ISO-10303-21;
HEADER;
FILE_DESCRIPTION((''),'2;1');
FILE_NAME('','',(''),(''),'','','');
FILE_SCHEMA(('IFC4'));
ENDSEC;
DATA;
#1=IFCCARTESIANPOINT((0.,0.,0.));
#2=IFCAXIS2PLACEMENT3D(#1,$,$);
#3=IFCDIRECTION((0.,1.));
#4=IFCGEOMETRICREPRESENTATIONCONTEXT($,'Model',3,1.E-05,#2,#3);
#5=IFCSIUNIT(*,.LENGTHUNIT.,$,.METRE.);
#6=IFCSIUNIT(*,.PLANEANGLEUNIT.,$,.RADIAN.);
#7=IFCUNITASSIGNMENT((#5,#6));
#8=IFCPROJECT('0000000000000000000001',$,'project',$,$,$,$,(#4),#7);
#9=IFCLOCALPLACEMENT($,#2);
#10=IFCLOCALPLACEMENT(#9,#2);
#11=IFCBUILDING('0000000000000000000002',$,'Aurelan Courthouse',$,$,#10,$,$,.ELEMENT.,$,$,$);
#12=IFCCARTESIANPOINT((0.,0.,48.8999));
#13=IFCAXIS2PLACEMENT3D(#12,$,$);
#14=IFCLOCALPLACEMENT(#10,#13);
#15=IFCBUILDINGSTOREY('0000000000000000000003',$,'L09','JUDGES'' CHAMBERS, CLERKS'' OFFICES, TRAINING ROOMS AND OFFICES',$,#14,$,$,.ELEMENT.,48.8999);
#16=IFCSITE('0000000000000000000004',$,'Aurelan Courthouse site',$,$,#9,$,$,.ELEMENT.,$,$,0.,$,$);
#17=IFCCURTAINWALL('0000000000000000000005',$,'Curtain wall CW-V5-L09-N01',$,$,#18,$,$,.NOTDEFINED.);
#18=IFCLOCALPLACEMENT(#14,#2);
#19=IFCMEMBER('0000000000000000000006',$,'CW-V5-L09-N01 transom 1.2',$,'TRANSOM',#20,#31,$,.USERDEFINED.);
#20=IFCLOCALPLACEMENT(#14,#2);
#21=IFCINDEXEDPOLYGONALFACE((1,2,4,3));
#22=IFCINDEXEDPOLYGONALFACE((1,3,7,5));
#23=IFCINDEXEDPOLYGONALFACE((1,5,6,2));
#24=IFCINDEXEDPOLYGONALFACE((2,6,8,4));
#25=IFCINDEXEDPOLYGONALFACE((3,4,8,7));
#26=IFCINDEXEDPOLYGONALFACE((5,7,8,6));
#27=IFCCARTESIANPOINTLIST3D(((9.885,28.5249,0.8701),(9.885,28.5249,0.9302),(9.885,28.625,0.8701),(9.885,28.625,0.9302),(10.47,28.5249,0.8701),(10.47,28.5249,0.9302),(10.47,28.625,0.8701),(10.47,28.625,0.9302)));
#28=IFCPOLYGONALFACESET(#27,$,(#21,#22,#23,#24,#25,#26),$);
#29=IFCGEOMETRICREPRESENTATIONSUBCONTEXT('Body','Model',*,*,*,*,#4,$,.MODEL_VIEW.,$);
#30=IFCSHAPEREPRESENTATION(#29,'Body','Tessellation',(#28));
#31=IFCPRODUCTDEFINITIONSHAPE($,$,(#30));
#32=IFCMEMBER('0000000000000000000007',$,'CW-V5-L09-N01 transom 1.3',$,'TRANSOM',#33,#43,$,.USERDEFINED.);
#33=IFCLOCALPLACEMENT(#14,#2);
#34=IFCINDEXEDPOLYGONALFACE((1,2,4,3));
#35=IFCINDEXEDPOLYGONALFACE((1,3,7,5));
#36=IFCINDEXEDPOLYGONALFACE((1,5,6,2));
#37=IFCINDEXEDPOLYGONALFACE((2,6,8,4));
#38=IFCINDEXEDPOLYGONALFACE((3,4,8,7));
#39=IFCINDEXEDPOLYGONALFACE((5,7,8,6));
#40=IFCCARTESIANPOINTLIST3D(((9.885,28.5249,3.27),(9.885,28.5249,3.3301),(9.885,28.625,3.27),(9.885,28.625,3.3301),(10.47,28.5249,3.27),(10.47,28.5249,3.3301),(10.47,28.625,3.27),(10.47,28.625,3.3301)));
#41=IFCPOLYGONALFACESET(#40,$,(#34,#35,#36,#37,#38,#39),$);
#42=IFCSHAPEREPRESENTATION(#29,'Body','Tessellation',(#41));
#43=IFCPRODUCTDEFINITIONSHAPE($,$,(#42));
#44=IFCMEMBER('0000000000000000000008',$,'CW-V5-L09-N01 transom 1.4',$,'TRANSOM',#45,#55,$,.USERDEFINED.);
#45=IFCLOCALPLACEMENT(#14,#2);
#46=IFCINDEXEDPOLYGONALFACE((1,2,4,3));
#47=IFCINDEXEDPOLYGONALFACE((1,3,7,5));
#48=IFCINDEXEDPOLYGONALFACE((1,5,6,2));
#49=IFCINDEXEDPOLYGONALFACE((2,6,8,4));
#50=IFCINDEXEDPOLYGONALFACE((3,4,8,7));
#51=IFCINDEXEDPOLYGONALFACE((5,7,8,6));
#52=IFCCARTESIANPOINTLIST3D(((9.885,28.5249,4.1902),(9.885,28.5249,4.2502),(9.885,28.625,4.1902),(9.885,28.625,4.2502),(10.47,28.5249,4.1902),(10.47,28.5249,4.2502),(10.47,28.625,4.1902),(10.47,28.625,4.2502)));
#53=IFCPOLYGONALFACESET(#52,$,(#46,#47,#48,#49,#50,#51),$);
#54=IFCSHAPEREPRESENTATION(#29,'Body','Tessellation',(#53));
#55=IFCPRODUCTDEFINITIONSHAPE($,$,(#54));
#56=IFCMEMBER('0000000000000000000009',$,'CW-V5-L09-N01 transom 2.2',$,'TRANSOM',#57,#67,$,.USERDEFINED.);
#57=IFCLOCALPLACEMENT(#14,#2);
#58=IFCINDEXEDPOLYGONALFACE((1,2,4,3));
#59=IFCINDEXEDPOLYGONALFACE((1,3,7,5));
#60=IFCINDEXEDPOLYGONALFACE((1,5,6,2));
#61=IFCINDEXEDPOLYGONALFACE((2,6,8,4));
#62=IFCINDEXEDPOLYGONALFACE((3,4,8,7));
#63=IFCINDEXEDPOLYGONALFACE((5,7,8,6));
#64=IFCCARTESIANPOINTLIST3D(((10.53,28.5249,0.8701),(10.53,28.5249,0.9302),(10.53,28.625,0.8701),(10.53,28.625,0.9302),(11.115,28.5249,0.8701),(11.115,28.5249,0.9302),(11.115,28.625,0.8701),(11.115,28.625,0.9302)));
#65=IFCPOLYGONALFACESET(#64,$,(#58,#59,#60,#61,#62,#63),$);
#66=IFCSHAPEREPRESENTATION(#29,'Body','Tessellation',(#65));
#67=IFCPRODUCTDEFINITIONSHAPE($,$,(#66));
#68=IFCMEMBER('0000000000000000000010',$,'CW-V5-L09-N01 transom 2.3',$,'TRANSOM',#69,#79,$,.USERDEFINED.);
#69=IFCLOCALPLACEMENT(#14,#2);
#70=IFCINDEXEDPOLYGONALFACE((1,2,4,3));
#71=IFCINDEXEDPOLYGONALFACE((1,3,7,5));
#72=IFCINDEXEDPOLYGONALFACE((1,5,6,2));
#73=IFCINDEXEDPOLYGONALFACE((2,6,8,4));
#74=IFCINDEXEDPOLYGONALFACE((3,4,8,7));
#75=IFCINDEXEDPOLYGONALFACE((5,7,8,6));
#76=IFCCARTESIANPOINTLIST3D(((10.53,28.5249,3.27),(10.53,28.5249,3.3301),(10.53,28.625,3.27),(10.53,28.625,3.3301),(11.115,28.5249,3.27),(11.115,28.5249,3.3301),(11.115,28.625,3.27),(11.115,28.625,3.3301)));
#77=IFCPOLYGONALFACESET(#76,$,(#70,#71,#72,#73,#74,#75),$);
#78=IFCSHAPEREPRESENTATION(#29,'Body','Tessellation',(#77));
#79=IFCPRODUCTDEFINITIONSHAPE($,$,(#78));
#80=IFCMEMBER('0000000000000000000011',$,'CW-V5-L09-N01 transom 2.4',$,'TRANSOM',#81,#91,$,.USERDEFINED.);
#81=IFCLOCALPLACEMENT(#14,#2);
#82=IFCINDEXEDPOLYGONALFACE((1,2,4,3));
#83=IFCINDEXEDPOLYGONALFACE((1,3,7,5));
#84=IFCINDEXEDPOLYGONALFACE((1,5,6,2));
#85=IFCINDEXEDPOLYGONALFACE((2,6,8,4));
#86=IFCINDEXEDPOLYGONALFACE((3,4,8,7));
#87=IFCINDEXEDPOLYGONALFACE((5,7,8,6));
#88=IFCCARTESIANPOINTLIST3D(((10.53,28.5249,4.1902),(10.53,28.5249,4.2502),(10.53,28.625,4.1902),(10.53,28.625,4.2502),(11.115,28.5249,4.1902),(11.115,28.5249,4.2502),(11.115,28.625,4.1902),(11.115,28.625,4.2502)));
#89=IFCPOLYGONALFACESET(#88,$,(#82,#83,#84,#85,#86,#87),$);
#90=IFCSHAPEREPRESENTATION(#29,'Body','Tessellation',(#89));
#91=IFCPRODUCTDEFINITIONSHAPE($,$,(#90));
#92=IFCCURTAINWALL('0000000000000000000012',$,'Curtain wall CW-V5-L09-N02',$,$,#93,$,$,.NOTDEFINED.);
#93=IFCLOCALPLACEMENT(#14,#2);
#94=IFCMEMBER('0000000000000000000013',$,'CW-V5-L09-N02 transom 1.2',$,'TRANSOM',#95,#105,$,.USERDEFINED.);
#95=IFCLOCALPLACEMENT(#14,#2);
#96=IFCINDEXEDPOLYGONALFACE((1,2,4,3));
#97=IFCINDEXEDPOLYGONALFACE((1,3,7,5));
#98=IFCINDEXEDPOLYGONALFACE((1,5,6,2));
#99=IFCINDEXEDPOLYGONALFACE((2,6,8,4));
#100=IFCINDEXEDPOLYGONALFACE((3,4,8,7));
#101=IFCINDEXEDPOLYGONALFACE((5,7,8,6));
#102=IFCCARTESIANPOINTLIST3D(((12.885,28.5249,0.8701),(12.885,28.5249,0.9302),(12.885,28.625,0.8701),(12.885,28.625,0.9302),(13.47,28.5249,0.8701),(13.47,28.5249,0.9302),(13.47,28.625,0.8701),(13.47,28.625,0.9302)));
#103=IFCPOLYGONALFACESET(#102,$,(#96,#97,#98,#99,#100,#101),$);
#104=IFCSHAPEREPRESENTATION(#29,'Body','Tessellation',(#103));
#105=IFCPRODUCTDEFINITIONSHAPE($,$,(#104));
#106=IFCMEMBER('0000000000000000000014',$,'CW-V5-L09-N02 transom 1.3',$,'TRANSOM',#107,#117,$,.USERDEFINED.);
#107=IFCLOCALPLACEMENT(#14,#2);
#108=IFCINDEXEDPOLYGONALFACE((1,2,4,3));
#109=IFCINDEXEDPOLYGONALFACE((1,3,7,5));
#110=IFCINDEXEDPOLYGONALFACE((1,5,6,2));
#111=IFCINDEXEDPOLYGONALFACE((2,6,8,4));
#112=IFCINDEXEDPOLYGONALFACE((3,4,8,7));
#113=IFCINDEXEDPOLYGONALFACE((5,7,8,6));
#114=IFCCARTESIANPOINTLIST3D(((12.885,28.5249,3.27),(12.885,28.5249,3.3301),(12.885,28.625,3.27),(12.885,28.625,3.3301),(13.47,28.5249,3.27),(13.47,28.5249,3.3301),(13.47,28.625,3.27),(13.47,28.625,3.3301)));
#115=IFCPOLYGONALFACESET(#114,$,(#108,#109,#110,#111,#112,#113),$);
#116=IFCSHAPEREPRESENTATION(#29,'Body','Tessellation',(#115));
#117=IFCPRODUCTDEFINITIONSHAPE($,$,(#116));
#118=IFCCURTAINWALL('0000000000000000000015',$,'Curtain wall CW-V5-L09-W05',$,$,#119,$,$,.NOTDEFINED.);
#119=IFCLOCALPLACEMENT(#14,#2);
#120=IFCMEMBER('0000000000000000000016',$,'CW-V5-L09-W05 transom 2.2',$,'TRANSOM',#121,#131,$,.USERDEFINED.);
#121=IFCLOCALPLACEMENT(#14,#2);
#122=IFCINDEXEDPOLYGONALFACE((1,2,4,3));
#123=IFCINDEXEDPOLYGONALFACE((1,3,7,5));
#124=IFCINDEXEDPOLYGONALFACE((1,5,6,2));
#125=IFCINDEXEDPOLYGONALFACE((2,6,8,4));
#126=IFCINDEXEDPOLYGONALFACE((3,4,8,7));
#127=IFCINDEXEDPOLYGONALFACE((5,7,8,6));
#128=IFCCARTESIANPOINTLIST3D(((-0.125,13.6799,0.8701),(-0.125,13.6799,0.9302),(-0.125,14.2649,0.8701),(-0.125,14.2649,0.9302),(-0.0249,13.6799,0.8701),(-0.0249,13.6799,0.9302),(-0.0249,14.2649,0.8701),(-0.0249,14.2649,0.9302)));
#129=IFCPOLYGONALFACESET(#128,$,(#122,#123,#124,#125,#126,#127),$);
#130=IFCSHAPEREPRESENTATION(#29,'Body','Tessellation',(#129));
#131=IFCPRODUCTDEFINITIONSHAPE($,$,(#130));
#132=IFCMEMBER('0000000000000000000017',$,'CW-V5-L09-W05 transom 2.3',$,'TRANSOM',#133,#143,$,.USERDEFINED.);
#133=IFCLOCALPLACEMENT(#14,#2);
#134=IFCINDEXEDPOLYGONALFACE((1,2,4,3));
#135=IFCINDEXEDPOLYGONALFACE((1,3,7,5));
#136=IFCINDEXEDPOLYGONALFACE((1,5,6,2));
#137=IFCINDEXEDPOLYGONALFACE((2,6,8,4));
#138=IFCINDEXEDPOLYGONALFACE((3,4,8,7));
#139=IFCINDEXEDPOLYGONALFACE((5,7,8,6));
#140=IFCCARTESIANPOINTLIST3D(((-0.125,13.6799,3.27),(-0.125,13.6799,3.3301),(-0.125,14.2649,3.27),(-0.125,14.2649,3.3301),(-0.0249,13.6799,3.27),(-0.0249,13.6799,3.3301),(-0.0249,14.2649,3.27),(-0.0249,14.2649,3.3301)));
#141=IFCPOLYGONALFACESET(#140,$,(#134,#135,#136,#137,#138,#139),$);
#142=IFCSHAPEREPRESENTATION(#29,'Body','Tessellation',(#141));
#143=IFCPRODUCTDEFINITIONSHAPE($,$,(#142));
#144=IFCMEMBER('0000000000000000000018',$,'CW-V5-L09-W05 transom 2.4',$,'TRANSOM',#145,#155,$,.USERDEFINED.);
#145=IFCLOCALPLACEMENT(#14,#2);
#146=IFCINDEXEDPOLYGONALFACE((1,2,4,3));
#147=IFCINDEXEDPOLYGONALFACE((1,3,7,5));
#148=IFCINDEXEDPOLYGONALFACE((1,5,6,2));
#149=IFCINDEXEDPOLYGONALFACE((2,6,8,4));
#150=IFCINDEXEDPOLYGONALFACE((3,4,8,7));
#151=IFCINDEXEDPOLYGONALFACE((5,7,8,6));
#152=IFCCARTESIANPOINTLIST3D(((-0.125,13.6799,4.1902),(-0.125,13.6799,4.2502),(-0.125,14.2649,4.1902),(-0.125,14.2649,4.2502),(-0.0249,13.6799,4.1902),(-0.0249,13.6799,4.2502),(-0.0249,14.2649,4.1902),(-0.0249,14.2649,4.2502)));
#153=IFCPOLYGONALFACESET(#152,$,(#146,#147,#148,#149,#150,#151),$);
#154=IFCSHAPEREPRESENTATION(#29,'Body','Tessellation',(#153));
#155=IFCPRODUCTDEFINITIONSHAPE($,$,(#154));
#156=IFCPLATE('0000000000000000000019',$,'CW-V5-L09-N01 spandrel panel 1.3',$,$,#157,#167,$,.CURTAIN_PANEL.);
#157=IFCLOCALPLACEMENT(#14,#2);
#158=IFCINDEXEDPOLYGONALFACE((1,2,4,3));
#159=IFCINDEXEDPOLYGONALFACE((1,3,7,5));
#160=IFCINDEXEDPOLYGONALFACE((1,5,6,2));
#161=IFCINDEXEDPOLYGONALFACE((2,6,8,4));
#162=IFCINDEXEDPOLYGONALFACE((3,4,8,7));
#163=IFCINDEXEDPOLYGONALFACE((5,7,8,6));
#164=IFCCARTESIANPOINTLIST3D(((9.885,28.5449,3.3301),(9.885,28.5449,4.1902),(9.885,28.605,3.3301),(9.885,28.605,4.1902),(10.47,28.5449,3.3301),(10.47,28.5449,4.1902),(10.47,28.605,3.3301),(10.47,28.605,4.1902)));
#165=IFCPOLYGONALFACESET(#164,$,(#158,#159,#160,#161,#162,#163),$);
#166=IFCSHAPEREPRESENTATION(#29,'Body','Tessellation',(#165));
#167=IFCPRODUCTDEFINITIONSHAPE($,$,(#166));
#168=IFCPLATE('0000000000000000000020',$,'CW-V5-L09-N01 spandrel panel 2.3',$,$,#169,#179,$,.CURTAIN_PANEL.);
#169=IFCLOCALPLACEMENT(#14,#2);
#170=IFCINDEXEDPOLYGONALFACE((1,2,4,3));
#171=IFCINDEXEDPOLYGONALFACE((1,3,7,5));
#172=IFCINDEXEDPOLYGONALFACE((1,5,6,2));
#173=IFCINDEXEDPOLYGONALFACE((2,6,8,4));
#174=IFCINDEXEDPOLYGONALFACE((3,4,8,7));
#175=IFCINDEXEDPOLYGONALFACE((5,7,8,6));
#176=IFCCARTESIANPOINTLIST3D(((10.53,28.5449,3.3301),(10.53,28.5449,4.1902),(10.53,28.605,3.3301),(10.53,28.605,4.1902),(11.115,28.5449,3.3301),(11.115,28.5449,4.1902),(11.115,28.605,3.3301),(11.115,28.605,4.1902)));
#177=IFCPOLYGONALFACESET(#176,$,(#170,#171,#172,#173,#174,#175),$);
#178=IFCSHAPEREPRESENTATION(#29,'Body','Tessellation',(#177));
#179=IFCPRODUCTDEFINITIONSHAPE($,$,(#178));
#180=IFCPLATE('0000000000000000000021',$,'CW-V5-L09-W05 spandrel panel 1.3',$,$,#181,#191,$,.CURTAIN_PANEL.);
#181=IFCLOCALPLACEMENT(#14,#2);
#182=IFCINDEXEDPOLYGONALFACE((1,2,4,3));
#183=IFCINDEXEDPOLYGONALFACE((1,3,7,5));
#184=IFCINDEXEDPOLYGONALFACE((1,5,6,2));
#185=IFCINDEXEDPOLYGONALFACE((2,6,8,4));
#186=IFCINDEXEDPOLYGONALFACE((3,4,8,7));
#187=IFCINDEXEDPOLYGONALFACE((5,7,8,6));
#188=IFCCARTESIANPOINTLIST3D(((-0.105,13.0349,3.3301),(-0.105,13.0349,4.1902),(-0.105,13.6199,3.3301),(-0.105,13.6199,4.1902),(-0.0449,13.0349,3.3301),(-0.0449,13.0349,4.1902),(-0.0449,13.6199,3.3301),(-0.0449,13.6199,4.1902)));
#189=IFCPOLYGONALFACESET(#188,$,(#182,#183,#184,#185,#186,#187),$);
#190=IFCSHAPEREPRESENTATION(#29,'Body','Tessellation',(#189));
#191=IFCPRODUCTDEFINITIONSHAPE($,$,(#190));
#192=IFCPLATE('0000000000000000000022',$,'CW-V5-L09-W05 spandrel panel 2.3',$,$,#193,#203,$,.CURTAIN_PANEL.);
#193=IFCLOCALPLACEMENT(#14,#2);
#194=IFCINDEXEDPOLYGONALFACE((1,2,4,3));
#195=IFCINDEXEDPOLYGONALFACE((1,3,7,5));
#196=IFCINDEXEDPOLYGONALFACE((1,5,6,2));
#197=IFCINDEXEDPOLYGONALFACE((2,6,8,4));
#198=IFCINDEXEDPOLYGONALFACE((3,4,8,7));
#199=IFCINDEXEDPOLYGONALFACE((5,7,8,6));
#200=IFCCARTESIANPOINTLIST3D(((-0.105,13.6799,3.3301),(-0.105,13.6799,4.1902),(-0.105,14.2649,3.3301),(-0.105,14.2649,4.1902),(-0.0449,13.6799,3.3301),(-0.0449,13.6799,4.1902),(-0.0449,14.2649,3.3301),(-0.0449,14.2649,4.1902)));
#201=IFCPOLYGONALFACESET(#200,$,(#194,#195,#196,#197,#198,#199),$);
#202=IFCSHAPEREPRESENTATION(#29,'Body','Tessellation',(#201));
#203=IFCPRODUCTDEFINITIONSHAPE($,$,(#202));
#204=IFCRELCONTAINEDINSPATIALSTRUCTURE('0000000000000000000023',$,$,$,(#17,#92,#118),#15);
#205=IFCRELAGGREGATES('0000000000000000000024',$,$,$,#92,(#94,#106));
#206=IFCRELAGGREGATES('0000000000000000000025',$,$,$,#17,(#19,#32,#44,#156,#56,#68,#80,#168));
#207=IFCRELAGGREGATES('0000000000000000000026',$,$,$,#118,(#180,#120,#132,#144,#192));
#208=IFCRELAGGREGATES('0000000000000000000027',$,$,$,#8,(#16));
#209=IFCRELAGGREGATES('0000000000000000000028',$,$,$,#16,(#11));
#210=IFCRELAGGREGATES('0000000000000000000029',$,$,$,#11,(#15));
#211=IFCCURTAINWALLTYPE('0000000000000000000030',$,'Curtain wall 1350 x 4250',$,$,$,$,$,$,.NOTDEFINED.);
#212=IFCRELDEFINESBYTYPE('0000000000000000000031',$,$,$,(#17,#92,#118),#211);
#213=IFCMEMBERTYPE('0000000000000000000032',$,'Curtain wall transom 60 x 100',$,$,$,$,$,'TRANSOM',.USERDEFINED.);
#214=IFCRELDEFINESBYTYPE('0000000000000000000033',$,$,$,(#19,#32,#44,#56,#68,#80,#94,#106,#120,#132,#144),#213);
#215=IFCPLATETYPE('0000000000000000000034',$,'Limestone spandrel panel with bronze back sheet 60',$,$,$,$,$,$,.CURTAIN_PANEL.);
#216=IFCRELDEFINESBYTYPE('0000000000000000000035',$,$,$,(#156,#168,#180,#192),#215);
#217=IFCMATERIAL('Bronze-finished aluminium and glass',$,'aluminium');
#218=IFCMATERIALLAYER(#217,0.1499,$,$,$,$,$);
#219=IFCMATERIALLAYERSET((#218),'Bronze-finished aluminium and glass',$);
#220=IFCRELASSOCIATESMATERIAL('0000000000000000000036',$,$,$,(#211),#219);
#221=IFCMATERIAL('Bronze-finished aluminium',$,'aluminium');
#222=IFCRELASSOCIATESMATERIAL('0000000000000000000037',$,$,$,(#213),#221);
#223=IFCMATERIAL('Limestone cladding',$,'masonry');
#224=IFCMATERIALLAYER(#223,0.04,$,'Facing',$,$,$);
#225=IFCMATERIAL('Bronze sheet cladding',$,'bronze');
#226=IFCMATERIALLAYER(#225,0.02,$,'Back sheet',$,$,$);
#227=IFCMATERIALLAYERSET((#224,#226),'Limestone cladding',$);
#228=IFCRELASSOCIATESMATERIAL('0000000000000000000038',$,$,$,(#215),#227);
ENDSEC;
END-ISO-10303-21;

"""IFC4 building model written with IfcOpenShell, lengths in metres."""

from ifc_helpers import new_model, si_unit, direction, frame, origin, origin_2d, place, context, subcontext, project, spatial, rectangle, extrude, material, layer, layer_set, material_profile, profile_set, type_object, element, aggregate, save


model = new_model("IFC4")

# Units and contexts
model_context = context("Model", 3, precision=1e-05, world=origin(), true_north=direction((0.0, 1.0)))
body_context = subcontext(model_context, "Body", "Model", "MODEL_VIEW")
ifc_project = project(units=[si_unit("LENGTHUNIT", "METRE"), si_unit("PLANEANGLEUNIT", "RADIAN")], contexts=[model_context])

# Site, building, storey
site_placement = place(None, origin())
site = spatial("IfcSite", under=ifc_project, at=site_placement, Name="Aurelan Courthouse site", CompositionType="ELEMENT", RefElevation=0.0)
building_placement = place(site_placement, origin())
building = spatial("IfcBuilding", under=site, at=building_placement, Name="Aurelan Courthouse", CompositionType="ELEMENT")
storey_placement = place(building_placement, frame((0.0, 0.0, 48.8999)))
storey = spatial("IfcBuildingStorey", under=building, at=storey_placement, Name="L09", Description="JUDGES' CHAMBERS, CLERKS' OFFICES, TRAINING ROOMS AND OFFICES", CompositionType="ELEMENT", Elevation=48.8999)

# Curtain walls, members
ifc_material_1 = material(Name="Bronze-finished aluminium and glass", Category="aluminium")
ifc_layer_1 = layer(ifc_material_1, 0.1499)
ifc_layer_set_1 = layer_set([ifc_layer_1], Name="Bronze-finished aluminium and glass")
curtain_wall_type = type_object("IfcCurtainWallType", Name="Curtain wall 1350 x 4250", PredefinedType="NOTDEFINED", material=ifc_layer_set_1)
curtain_wall_1_placement = place(storey_placement, origin())
curtain_wall_1 = element("IfcCurtainWall", 1, at=curtain_wall_1_placement, inside=storey, type_object=curtain_wall_type, Name="Curtain wall CW-V5-L09-N01", PredefinedType="NOTDEFINED")
ifc_material_2 = material(Name="Bronze-finished aluminium", Category="aluminium")
ifc_material_profile = material_profile(ifc_material_2, rectangle(XDim=0.1001, YDim=0.0601, at=origin_2d()), Name="Bronze transom 60 x 100")
ifc_profile_set = profile_set([ifc_material_profile], Name="Bronze-finished aluminium")
member_type = type_object("IfcMemberType", Name="Curtain wall transom 60 x 100", ElementType="TRANSOM", PredefinedType="USERDEFINED", material=ifc_profile_set)
member_1_placement = place(storey_placement, frame((9.885, 28.575, 0.9001), z_axis=(1.0, 0.0, 0.0), x_axis=(0.0, 1.0, 0.0)))
member_1 = element("IfcMember", 2, at=member_1_placement, type_object=member_type, Name="CW-V5-L09-N01 transom 1.2", ObjectType="TRANSOM", PredefinedType="USERDEFINED", context=body_context, shape_type="SweptSolid", body=[
    extrude(rectangle(XDim=0.1001, YDim=0.0601, at=origin_2d()), origin(), (0.0, 0.0, 1.0), 0.585),
])
member_2_placement = place(storey_placement, frame((9.885, 28.575, 3.3), z_axis=(1.0, 0.0, 0.0), x_axis=(0.0, 1.0, 0.0)))
member_2 = element("IfcMember", 3, at=member_2_placement, type_object=member_type, Name="CW-V5-L09-N01 transom 1.3", ObjectType="TRANSOM", PredefinedType="USERDEFINED", context=body_context, shape_type="SweptSolid", body=[
    extrude(rectangle(XDim=0.1001, YDim=0.0601, at=origin_2d()), origin(), (0.0, 0.0, 1.0), 0.585),
])
member_3_placement = place(storey_placement, frame((9.885, 28.575, 4.2202), z_axis=(1.0, 0.0, 0.0), x_axis=(0.0, 1.0, 0.0)))
member_3 = element("IfcMember", 4, at=member_3_placement, type_object=member_type, Name="CW-V5-L09-N01 transom 1.4", ObjectType="TRANSOM", PredefinedType="USERDEFINED", context=body_context, shape_type="SweptSolid", body=[
    extrude(rectangle(XDim=0.1001, YDim=0.0601, at=origin_2d()), origin(), (0.0, 0.0, 1.0), 0.585),
])
member_4_placement = place(storey_placement, frame((10.53, 28.575, 0.9001), z_axis=(1.0, 0.0, 0.0), x_axis=(0.0, 1.0, 0.0)))
member_4 = element("IfcMember", 5, at=member_4_placement, type_object=member_type, Name="CW-V5-L09-N01 transom 2.2", ObjectType="TRANSOM", PredefinedType="USERDEFINED", context=body_context, shape_type="SweptSolid", body=[
    extrude(rectangle(XDim=0.1001, YDim=0.0601, at=origin_2d()), origin(), (0.0, 0.0, 1.0), 0.585),
])
member_5_placement = place(storey_placement, frame((10.53, 28.575, 3.3), z_axis=(1.0, 0.0, 0.0), x_axis=(0.0, 1.0, 0.0)))
member_5 = element("IfcMember", 6, at=member_5_placement, type_object=member_type, Name="CW-V5-L09-N01 transom 2.3", ObjectType="TRANSOM", PredefinedType="USERDEFINED", context=body_context, shape_type="SweptSolid", body=[
    extrude(rectangle(XDim=0.1001, YDim=0.0601, at=origin_2d()), origin(), (0.0, 0.0, 1.0), 0.585),
])
member_6_placement = place(storey_placement, frame((10.53, 28.575, 4.2202), z_axis=(1.0, 0.0, 0.0), x_axis=(0.0, 1.0, 0.0)))
member_6 = element("IfcMember", 7, at=member_6_placement, type_object=member_type, Name="CW-V5-L09-N01 transom 2.4", ObjectType="TRANSOM", PredefinedType="USERDEFINED", context=body_context, shape_type="SweptSolid", body=[
    extrude(rectangle(XDim=0.1001, YDim=0.0601, at=origin_2d()), origin(), (0.0, 0.0, 1.0), 0.585),
])
curtain_wall_2_placement = place(storey_placement, origin())
curtain_wall_2 = element("IfcCurtainWall", 8, at=curtain_wall_2_placement, inside=storey, type_object=curtain_wall_type, Name="Curtain wall CW-V5-L09-N02", PredefinedType="NOTDEFINED")
member_7_placement = place(storey_placement, frame((12.885, 28.575, 0.9001), z_axis=(1.0, 0.0, 0.0), x_axis=(0.0, 1.0, 0.0)))
member_7 = element("IfcMember", 9, at=member_7_placement, type_object=member_type, Name="CW-V5-L09-N02 transom 1.2", ObjectType="TRANSOM", PredefinedType="USERDEFINED", context=body_context, shape_type="SweptSolid", body=[
    extrude(rectangle(XDim=0.1001, YDim=0.0601, at=origin_2d()), origin(), (0.0, 0.0, 1.0), 0.585),
])
member_8_placement = place(storey_placement, frame((12.885, 28.575, 3.3), z_axis=(1.0, 0.0, 0.0), x_axis=(0.0, 1.0, 0.0)))
member_8 = element("IfcMember", 10, at=member_8_placement, type_object=member_type, Name="CW-V5-L09-N02 transom 1.3", ObjectType="TRANSOM", PredefinedType="USERDEFINED", context=body_context, shape_type="SweptSolid", body=[
    extrude(rectangle(XDim=0.1001, YDim=0.0601, at=origin_2d()), origin(), (0.0, 0.0, 1.0), 0.585),
])
aggregate(curtain_wall_2, [member_7, member_8])
curtain_wall_3_placement = place(storey_placement, origin())
curtain_wall_3 = element("IfcCurtainWall", 11, at=curtain_wall_3_placement, inside=storey, type_object=curtain_wall_type, Name="Curtain wall CW-V5-L09-W05", PredefinedType="NOTDEFINED")
member_9_placement = place(storey_placement, frame((-0.075, 13.6799, 0.9001), z_axis=(0.0, 1.0, 0.0), x_axis=(-1.0, 0.0, 0.0)))
member_9 = element("IfcMember", 12, at=member_9_placement, type_object=member_type, Name="CW-V5-L09-W05 transom 2.2", ObjectType="TRANSOM", PredefinedType="USERDEFINED", context=body_context, shape_type="SweptSolid", body=[
    extrude(rectangle(XDim=0.1001, YDim=0.0601, at=origin_2d()), origin(), (0.0, 0.0, 1.0), 0.585),
])
member_10_placement = place(storey_placement, frame((-0.075, 13.6799, 3.3), z_axis=(0.0, 1.0, 0.0), x_axis=(-1.0, 0.0, 0.0)))
member_10 = element("IfcMember", 13, at=member_10_placement, type_object=member_type, Name="CW-V5-L09-W05 transom 2.3", ObjectType="TRANSOM", PredefinedType="USERDEFINED", context=body_context, shape_type="SweptSolid", body=[
    extrude(rectangle(XDim=0.1001, YDim=0.0601, at=origin_2d()), origin(), (0.0, 0.0, 1.0), 0.585),
])
member_11_placement = place(storey_placement, frame((-0.075, 13.6799, 4.2202), z_axis=(0.0, 1.0, 0.0), x_axis=(-1.0, 0.0, 0.0)))
member_11 = element("IfcMember", 14, at=member_11_placement, type_object=member_type, Name="CW-V5-L09-W05 transom 2.4", ObjectType="TRANSOM", PredefinedType="USERDEFINED", context=body_context, shape_type="SweptSolid", body=[
    extrude(rectangle(XDim=0.1001, YDim=0.0601, at=origin_2d()), origin(), (0.0, 0.0, 1.0), 0.585),
])

# Plates
ifc_material_3 = material(Name="Limestone cladding", Category="masonry")
ifc_layer_2 = layer(ifc_material_3, 0.04, Name="Facing")
ifc_material_4 = material(Name="Bronze sheet cladding", Category="bronze")
ifc_layer_3 = layer(ifc_material_4, 0.02, Name="Back sheet")
ifc_layer_set_2 = layer_set([ifc_layer_2, ifc_layer_3], Name="Limestone cladding")
plate_type_1 = type_object("IfcPlateType", Name="Limestone spandrel panel with bronze back sheet 60", PredefinedType="CURTAIN_PANEL", material=ifc_layer_set_2)
plate_1_placement = place(storey_placement, frame((10.1775, 28.575, 3.3301), z_axis=(0.0, 0.0, 1.0), x_axis=(1.0, 0.0, 0.0)))
plate_1 = element("IfcPlate", 15, at=plate_1_placement, type_object=plate_type_1, Name="CW-V5-L09-N01 spandrel panel 1.3", PredefinedType="CURTAIN_PANEL", context=body_context, shape_type="SweptSolid", body=[
    extrude(rectangle(XDim=0.585, YDim=0.0601, at=origin_2d()), origin(), (0.0, 0.0, 1.0), 0.8601),
])
plate_2_placement = place(storey_placement, frame((10.8225, 28.575, 3.3301), z_axis=(0.0, 0.0, 1.0), x_axis=(1.0, 0.0, 0.0)))
plate_2 = element("IfcPlate", 16, at=plate_2_placement, type_object=plate_type_1, Name="CW-V5-L09-N01 spandrel panel 2.3", PredefinedType="CURTAIN_PANEL", context=body_context, shape_type="SweptSolid", body=[
    extrude(rectangle(XDim=0.585, YDim=0.0601, at=origin_2d()), origin(), (0.0, 0.0, 1.0), 0.8601),
])
plate_3_placement = place(storey_placement, frame((-0.075, 13.3274, 3.3301), z_axis=(0.0, 0.0, 1.0), x_axis=(0.0, 1.0, 0.0)))
plate_3 = element("IfcPlate", 17, at=plate_3_placement, type_object=plate_type_1, Name="CW-V5-L09-W05 spandrel panel 1.3", PredefinedType="CURTAIN_PANEL", context=body_context, shape_type="SweptSolid", body=[
    extrude(rectangle(XDim=0.585, YDim=0.0601, at=origin_2d()), origin(), (0.0, 0.0, 1.0), 0.8601),
])
plate_4_placement = place(storey_placement, frame((-0.075, 13.9724, 3.3301), z_axis=(0.0, 0.0, 1.0), x_axis=(0.0, 1.0, 0.0)))
plate_4 = element("IfcPlate", 18, at=plate_4_placement, type_object=plate_type_1, Name="CW-V5-L09-W05 spandrel panel 2.3", PredefinedType="CURTAIN_PANEL", context=body_context, shape_type="SweptSolid", body=[
    extrude(rectangle(XDim=0.585, YDim=0.0601, at=origin_2d()), origin(), (0.0, 0.0, 1.0), 0.8601),
])
aggregate(curtain_wall_1, [member_1, member_2, member_3, plate_1, member_4, member_5, member_6, plate_2])
aggregate(curtain_wall_3, [plate_3, member_9, member_10, member_11, plate_4])

save(model, "model.ifc")
